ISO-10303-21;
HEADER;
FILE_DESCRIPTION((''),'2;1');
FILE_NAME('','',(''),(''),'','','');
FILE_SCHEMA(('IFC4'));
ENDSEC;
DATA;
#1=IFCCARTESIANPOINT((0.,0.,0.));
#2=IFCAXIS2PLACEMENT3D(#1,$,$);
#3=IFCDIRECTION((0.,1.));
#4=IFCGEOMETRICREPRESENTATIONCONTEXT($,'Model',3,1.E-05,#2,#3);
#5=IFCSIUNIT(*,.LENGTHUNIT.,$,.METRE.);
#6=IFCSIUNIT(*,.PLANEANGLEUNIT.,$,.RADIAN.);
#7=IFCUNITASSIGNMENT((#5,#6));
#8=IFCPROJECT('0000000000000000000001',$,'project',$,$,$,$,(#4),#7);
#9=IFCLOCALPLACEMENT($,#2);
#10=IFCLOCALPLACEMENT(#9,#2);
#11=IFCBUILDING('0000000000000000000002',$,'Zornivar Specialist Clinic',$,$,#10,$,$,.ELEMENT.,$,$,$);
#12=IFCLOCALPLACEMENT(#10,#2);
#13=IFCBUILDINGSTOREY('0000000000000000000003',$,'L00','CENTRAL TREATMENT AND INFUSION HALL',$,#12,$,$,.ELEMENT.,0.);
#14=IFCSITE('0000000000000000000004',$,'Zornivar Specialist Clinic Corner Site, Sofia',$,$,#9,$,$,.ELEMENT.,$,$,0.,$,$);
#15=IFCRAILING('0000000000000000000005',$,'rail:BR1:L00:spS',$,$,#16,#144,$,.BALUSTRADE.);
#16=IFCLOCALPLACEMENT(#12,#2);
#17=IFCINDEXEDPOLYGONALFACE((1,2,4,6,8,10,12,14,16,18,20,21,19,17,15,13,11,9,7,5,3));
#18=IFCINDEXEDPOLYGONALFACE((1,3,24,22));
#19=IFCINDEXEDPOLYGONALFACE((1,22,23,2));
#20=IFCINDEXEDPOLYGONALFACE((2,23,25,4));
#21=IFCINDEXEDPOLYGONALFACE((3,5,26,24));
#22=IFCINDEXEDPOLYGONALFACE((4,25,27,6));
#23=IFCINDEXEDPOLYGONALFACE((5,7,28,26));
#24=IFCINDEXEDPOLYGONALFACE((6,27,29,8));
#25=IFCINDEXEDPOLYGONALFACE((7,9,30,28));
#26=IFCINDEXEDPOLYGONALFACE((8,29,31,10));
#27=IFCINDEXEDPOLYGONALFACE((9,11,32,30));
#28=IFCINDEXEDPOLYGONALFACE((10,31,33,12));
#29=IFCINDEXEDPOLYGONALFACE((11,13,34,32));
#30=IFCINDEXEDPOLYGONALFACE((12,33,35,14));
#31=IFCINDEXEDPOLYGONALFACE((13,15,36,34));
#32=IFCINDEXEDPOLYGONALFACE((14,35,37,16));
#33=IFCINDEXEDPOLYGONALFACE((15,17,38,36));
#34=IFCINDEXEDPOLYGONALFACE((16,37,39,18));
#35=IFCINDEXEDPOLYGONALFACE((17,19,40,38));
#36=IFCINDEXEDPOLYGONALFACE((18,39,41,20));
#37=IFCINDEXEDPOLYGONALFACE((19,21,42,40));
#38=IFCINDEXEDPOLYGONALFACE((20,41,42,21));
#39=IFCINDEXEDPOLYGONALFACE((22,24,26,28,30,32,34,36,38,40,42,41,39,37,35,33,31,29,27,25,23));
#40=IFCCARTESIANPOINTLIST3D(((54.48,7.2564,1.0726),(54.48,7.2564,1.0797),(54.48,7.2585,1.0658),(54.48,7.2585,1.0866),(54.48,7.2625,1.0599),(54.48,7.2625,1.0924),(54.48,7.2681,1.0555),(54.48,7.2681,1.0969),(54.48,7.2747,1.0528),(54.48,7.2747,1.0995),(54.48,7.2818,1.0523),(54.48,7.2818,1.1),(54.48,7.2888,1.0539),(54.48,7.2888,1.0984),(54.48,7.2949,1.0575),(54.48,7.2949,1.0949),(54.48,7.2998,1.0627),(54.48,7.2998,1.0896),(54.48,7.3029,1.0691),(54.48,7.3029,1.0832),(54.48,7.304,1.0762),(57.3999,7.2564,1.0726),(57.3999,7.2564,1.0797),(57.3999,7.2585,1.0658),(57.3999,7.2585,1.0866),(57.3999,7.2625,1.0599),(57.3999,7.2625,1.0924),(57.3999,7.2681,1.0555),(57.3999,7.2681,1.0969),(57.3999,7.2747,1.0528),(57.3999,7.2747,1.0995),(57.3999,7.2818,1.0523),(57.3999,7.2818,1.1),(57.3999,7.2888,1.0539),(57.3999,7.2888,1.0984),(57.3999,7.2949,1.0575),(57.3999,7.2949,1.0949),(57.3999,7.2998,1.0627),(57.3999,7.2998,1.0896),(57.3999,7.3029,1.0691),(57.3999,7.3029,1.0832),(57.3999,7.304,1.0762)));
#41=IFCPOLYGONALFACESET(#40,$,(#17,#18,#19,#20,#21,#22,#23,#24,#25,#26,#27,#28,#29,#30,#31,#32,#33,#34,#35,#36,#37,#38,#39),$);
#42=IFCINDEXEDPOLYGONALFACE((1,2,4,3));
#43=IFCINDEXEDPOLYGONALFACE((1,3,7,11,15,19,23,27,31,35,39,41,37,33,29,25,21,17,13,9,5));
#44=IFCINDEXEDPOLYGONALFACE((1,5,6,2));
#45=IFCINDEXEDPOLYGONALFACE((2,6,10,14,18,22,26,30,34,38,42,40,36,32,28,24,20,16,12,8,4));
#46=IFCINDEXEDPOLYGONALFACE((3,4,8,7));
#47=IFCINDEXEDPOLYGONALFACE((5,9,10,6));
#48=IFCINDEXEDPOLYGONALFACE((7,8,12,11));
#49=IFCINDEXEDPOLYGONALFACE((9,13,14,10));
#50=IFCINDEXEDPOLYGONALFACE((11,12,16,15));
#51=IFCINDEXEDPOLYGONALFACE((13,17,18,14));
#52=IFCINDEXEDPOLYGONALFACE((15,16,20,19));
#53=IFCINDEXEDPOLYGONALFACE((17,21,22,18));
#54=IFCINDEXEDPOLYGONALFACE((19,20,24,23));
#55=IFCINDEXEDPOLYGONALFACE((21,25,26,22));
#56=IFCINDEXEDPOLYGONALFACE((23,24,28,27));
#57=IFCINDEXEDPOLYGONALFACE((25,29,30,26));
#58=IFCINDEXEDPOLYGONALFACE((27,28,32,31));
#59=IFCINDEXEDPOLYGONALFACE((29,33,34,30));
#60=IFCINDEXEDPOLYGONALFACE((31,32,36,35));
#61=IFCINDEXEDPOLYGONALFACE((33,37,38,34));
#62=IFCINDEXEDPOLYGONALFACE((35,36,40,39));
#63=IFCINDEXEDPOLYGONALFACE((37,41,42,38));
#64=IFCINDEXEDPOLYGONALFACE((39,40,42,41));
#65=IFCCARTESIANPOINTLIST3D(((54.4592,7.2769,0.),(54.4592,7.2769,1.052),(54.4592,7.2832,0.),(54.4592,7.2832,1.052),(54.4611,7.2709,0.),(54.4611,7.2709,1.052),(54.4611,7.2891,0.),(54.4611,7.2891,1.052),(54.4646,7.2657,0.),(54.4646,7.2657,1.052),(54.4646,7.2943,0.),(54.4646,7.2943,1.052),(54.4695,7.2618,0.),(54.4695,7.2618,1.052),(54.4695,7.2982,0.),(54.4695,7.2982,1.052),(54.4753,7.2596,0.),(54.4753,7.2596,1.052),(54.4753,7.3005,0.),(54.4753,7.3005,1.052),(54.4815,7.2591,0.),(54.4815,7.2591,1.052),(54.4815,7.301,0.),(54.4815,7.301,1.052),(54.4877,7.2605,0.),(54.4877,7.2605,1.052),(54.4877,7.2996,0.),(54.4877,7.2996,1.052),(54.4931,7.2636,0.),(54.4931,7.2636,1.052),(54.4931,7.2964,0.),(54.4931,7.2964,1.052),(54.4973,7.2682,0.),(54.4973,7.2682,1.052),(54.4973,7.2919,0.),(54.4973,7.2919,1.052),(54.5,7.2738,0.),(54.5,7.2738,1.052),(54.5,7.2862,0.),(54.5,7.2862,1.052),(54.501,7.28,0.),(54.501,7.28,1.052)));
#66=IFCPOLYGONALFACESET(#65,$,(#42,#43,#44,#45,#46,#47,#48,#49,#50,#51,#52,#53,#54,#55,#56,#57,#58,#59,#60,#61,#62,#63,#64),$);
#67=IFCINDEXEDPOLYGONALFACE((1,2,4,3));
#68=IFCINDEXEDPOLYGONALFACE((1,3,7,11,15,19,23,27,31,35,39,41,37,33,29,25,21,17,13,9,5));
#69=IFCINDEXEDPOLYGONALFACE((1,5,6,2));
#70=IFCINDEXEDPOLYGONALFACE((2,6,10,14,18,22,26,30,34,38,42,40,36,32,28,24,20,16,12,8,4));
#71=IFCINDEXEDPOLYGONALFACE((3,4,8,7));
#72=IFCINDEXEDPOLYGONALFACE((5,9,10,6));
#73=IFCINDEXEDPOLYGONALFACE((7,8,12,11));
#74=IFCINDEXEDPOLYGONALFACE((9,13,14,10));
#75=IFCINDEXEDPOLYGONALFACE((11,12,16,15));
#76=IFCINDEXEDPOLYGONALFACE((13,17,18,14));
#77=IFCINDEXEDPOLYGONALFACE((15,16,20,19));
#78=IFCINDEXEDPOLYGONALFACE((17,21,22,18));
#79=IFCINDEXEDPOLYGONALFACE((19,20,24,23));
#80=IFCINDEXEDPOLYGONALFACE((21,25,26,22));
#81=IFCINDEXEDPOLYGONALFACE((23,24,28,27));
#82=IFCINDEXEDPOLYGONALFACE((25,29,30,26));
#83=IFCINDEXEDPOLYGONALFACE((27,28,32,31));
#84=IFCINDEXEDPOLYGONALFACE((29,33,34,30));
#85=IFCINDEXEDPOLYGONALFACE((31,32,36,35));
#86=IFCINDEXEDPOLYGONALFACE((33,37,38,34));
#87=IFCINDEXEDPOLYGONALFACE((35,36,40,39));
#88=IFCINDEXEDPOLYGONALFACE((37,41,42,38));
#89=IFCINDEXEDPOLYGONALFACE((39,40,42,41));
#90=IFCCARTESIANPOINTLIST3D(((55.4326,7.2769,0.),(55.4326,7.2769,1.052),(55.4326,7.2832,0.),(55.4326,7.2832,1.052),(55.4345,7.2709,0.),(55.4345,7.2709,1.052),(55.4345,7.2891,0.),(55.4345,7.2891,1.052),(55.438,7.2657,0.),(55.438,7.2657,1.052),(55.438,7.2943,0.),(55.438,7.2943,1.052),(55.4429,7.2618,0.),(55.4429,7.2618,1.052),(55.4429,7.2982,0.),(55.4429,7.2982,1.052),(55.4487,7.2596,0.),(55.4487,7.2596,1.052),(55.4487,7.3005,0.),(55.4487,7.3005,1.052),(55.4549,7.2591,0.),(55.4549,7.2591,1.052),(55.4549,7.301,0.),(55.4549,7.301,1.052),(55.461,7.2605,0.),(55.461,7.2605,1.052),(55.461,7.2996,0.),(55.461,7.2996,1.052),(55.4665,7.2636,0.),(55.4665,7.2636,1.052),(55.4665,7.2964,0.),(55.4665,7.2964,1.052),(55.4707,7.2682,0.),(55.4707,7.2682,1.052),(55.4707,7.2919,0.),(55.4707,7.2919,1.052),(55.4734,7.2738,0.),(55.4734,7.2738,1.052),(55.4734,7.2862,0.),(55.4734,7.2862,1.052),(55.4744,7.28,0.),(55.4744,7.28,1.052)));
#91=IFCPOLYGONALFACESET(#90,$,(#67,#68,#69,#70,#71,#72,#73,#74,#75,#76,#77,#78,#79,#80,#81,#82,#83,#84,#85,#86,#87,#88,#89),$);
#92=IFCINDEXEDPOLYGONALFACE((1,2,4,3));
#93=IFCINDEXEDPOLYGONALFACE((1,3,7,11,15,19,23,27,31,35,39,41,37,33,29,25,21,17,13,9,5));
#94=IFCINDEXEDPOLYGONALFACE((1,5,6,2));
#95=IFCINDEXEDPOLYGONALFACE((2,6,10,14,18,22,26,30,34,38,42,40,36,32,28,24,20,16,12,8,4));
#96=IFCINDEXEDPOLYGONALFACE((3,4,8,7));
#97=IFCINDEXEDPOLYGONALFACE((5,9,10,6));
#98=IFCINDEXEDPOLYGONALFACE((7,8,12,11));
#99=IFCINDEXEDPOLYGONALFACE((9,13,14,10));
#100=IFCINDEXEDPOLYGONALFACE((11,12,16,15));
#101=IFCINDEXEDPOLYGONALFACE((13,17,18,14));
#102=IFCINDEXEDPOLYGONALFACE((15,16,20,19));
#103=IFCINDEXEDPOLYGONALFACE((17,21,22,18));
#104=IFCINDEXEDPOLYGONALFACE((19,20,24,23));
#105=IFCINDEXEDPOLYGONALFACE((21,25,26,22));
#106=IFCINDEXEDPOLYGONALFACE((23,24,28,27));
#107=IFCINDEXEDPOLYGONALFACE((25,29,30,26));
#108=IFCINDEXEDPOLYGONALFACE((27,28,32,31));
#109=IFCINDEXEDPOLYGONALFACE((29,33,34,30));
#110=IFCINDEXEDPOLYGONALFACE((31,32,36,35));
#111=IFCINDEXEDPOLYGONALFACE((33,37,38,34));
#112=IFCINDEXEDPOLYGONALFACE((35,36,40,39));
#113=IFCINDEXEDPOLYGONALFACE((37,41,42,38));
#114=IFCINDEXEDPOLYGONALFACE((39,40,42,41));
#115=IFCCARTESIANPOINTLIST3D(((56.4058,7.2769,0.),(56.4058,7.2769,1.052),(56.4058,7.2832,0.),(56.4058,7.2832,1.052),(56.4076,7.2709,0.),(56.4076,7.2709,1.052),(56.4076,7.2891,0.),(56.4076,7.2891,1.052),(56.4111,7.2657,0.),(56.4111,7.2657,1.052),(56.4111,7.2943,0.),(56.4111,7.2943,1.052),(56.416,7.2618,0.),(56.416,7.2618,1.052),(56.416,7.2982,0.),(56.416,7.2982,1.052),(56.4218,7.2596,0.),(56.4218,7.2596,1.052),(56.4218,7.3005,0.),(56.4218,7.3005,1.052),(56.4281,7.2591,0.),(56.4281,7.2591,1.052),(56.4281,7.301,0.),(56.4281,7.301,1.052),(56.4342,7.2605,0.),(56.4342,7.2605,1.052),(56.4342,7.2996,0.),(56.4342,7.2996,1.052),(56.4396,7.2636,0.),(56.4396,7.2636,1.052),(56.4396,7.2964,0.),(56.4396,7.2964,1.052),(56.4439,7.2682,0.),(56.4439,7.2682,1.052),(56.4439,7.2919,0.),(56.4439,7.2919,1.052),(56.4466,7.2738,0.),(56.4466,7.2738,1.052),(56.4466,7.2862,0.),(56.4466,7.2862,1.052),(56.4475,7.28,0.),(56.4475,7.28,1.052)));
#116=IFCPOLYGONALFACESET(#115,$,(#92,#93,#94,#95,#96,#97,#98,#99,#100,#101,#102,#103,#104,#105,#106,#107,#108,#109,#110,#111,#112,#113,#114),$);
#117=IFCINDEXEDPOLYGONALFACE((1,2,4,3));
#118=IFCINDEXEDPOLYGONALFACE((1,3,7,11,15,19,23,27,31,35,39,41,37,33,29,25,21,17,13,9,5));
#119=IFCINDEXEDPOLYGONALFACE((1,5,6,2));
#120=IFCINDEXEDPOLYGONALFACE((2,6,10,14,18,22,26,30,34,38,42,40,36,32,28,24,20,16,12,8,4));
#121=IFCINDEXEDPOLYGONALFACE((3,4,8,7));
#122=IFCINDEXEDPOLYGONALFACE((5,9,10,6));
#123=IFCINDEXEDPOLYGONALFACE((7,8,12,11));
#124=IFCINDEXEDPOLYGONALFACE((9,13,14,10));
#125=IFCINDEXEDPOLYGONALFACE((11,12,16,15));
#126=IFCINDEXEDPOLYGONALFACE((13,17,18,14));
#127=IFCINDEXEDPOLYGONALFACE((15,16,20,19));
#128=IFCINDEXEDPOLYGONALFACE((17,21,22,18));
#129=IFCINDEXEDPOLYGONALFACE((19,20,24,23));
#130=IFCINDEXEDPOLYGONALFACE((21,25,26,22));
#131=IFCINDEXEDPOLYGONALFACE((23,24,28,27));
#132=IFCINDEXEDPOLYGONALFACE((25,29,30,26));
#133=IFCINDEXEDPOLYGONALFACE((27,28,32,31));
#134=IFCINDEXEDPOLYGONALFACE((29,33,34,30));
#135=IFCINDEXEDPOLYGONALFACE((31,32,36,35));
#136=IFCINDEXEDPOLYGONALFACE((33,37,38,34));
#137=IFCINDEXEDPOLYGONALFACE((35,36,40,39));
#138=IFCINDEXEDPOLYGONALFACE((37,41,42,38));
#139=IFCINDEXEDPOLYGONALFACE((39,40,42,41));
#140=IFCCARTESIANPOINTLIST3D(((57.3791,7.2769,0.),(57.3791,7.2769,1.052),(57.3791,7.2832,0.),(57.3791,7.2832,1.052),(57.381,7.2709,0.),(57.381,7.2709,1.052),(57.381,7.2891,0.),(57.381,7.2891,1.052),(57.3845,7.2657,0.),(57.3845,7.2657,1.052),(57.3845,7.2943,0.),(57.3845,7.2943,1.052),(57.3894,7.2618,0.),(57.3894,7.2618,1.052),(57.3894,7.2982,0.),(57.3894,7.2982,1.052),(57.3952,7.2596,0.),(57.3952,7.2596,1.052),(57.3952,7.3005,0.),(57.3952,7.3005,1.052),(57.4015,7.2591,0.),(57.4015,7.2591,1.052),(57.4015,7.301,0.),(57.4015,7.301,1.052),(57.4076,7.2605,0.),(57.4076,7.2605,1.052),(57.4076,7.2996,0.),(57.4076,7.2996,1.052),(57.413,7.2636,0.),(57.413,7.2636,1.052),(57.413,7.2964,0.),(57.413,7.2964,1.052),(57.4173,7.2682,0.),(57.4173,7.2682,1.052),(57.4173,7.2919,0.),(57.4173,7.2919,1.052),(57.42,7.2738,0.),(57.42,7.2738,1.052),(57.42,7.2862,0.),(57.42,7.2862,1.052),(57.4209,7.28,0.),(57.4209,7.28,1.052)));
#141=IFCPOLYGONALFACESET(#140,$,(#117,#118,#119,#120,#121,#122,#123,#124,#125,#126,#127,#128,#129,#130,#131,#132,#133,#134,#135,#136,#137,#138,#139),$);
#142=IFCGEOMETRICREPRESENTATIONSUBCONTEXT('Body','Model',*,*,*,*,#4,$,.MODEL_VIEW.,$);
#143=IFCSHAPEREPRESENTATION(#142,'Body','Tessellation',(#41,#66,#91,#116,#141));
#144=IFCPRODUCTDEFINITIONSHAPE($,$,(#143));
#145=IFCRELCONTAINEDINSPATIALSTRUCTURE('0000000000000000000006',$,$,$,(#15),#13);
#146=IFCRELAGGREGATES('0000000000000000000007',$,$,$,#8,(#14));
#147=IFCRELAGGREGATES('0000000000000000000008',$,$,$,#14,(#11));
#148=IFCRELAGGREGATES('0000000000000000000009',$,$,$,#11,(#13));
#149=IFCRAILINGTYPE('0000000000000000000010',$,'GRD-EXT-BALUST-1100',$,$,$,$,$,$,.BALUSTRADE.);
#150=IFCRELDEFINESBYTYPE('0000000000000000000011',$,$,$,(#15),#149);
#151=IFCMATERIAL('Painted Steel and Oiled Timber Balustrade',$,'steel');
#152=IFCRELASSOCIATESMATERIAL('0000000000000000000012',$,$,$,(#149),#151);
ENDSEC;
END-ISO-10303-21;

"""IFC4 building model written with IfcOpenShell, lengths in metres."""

from ifc_helpers import new_model, si_unit, direction, frame, origin, origin_2d, place, context, subcontext, project, spatial, circle, extrude, material, type_object, element, save


model = new_model("IFC4")

# Units and contexts
model_context = context("Model", 3, precision=1e-05, world=origin(), true_north=direction((0.0, 1.0)))
body_context = subcontext(model_context, "Body", "Model", "MODEL_VIEW")
ifc_project = project(units=[si_unit("LENGTHUNIT", "METRE"), si_unit("PLANEANGLEUNIT", "RADIAN")], contexts=[model_context])

# Site, building, storey
site_placement = place(None, origin())
site = spatial("IfcSite", under=ifc_project, at=site_placement, Name="Zornivar Specialist Clinic Corner Site, Sofia", CompositionType="ELEMENT", RefElevation=0.0)
building_placement = place(site_placement, origin())
building = spatial("IfcBuilding", under=site, at=building_placement, Name="Zornivar Specialist Clinic", CompositionType="ELEMENT")
storey_placement = place(building_placement, origin())
storey = spatial("IfcBuildingStorey", under=building, at=storey_placement, Name="L00", Description="CENTRAL TREATMENT AND INFUSION HALL", CompositionType="ELEMENT", Elevation=0.0)

# Railing
ifc_material_1 = material(Name="Painted Steel and Oiled Timber Balustrade", Category="steel")
railing_type = type_object("IfcRailingType", Name="GRD-EXT-BALUST-1100", PredefinedType="BALUSTRADE", material=ifc_material_1)
for number, where, name in (
    (1, (54.48, 7.28, 0.0), "rail:BR1:L00:spS"),
):
    element("IfcRailing", number, at=place(storey_placement, frame(where)), inside=storey, type_object=railing_type, Name=name, PredefinedType="BALUSTRADE", context=body_context, shape_type="SweptSolid", body=[
        extrude(circle(Radius=0.0239, at=origin_2d()), frame((0.0, 0.0, 1.0762), z_axis=(1.0, 0.0, 0.0), x_axis=(0.0, 1.0, 0.0)), (0.0, 0.0, 1.0), 2.9199),
        extrude(circle(Radius=0.021, at=origin_2d()), origin(), (0.0, 0.0, 1.0), 1.052),
        extrude(circle(Radius=0.021, at=origin_2d()), frame((0.9734, 0.0, 0.0)), (0.0, 0.0, 1.0), 1.052),
        extrude(circle(Radius=0.021, at=origin_2d()), frame((1.9465, 0.0, 0.0)), (0.0, 0.0, 1.0), 1.052),
        extrude(circle(Radius=0.021, at=origin_2d()), frame((2.9199, 0.0, 0.0)), (0.0, 0.0, 1.0), 1.052),
    ])

save(model, "model.ifc")
